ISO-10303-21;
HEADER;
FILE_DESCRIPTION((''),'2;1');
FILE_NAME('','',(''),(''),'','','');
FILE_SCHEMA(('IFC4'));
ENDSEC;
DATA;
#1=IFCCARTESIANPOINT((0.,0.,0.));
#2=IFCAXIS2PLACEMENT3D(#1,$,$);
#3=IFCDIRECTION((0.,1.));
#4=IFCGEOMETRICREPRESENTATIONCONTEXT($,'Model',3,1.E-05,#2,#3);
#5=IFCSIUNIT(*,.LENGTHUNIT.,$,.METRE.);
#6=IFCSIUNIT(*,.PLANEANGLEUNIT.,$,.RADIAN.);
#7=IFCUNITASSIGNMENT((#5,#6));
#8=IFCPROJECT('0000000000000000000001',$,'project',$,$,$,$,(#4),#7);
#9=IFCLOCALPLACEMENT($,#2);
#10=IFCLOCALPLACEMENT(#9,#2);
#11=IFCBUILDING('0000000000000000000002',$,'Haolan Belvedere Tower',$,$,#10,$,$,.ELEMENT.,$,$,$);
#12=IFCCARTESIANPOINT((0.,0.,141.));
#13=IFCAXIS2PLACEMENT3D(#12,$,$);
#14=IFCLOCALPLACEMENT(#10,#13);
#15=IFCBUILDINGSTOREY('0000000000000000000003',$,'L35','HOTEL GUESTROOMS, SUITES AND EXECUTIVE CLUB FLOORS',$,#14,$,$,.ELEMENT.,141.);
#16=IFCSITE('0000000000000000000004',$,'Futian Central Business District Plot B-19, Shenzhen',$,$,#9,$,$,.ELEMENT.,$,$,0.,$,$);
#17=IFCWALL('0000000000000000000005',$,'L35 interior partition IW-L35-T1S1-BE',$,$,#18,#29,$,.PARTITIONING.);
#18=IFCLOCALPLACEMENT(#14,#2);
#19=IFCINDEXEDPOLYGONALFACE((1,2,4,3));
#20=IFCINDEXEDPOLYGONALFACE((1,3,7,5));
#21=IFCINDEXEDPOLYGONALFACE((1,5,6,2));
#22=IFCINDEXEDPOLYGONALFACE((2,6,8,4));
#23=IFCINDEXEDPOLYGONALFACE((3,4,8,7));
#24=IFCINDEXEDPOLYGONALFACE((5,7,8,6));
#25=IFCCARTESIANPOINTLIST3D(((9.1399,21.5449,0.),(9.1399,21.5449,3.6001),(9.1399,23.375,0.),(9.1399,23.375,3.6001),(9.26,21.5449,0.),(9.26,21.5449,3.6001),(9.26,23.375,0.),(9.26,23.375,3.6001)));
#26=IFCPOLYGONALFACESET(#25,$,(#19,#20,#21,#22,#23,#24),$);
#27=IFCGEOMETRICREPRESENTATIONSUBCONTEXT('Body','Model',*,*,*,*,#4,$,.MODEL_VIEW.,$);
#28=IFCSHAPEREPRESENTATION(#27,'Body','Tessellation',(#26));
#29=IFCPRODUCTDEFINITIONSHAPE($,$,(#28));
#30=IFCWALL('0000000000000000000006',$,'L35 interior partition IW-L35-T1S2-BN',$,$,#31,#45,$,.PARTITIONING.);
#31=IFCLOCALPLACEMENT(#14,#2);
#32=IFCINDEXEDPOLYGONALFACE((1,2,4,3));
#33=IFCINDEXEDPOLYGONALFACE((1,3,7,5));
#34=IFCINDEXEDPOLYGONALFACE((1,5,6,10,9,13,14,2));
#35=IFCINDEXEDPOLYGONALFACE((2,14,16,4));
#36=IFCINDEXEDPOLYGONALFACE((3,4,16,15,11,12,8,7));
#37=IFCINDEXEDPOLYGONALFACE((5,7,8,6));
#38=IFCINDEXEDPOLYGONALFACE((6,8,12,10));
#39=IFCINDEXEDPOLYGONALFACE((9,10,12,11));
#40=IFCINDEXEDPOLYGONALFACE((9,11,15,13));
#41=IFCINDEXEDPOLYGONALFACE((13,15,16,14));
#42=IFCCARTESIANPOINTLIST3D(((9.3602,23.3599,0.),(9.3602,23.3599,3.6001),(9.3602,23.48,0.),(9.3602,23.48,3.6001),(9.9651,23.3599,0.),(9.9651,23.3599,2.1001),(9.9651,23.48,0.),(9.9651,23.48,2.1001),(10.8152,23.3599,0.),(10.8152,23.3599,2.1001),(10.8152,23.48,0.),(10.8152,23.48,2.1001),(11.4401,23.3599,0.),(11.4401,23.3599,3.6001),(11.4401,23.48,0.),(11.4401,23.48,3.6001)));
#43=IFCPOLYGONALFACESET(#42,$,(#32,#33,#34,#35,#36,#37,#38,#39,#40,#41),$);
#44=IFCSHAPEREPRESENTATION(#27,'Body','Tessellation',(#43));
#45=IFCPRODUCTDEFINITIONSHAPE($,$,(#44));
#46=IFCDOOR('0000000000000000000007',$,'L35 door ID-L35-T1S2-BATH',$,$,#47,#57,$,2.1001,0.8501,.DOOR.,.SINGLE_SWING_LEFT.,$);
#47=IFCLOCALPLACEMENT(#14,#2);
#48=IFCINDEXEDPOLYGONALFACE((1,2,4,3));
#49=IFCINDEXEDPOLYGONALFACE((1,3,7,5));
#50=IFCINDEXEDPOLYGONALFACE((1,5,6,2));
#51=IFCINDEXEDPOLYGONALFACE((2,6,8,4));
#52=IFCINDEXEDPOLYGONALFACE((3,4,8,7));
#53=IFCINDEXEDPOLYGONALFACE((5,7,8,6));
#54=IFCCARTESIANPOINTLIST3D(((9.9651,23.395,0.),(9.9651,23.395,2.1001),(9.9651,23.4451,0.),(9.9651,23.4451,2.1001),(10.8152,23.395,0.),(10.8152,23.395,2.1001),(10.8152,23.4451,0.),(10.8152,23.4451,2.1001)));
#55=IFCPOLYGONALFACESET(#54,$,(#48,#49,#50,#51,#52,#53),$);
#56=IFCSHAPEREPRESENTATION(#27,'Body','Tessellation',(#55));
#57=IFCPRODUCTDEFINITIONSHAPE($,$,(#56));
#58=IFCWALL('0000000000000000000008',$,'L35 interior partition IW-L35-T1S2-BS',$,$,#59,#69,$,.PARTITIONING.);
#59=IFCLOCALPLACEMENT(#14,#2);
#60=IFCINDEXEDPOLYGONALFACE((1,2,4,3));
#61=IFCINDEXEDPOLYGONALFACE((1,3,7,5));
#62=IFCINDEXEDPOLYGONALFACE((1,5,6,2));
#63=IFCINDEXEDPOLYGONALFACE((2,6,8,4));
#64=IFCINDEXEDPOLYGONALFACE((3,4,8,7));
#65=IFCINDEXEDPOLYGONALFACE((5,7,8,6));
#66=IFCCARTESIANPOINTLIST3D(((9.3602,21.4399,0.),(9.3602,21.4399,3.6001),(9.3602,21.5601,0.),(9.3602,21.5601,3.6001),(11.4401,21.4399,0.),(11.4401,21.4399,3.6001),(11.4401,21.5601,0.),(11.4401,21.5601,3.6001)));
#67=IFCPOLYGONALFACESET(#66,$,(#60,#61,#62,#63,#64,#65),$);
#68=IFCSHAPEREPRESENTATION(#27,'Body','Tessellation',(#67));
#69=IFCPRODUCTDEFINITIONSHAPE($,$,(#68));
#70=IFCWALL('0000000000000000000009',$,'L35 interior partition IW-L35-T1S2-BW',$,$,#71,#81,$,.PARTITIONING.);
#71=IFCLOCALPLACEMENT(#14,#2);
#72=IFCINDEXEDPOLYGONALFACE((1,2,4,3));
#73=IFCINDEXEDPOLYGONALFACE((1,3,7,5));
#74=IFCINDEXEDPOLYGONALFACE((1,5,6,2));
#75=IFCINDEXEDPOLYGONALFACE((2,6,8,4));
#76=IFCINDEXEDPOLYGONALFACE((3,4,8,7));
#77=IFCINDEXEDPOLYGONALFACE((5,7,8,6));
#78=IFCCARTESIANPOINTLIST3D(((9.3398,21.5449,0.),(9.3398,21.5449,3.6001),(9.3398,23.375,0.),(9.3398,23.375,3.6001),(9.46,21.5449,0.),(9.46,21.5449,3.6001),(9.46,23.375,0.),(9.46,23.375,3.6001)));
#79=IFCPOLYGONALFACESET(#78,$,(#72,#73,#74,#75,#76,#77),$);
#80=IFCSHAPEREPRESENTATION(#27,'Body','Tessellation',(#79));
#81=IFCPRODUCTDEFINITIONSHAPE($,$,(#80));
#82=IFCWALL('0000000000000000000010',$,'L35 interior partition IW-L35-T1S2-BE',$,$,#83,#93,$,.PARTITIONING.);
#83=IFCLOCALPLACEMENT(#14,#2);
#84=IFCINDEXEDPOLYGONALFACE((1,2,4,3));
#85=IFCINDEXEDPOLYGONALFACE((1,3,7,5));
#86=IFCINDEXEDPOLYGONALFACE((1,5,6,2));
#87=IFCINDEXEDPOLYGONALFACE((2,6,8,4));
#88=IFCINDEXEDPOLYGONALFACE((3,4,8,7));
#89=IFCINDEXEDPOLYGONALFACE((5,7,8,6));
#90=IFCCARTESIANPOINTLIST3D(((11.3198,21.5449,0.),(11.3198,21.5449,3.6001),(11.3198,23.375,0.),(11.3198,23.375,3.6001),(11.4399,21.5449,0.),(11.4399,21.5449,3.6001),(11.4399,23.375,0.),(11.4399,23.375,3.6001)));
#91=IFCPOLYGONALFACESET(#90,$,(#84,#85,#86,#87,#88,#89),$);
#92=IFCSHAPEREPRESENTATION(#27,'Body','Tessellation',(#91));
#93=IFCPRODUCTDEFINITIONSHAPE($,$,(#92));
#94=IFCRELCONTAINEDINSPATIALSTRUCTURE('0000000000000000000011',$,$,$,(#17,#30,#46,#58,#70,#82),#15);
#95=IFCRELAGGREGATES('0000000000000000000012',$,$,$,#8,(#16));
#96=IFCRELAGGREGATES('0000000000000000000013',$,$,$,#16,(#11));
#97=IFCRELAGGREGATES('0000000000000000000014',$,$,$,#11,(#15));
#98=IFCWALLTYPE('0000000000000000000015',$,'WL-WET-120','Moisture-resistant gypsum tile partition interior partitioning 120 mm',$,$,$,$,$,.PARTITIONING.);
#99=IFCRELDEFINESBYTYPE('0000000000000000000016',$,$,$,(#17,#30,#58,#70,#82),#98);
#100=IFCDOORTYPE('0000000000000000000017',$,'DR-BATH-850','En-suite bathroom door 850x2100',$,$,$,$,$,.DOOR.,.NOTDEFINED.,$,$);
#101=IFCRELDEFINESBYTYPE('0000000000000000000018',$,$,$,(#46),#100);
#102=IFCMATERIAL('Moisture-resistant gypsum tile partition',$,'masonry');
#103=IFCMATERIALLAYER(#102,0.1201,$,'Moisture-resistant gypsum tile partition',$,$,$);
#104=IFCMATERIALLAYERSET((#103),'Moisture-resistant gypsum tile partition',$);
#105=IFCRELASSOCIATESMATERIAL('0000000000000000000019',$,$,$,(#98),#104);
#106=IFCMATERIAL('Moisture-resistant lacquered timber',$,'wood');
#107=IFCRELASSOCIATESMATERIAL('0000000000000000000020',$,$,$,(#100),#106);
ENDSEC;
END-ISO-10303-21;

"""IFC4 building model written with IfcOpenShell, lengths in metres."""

from ifc_helpers import new_model, si_unit, direction, frame, frame_2d, origin, place, context, subcontext, project, spatial, rectangle, extrude, material, layer, layer_set, type_object, element, fill, save


model = new_model("IFC4")

# Units and contexts
model_context = context("Model", 3, precision=1e-05, world=origin(), true_north=direction((0.0, 1.0)))
body_context = subcontext(model_context, "Body", "Model", "MODEL_VIEW")
ifc_project = project(units=[si_unit("LENGTHUNIT", "METRE"), si_unit("PLANEANGLEUNIT", "RADIAN")], contexts=[model_context])

# Site, building, storey
site_placement = place(None, origin())
site = spatial("IfcSite", under=ifc_project, at=site_placement, Name="Futian Central Business District Plot B-19, Shenzhen", CompositionType="ELEMENT", RefElevation=0.0)
building_placement = place(site_placement, origin())
building = spatial("IfcBuilding", under=site, at=building_placement, Name="Haolan Belvedere Tower", CompositionType="ELEMENT")
storey_placement = place(building_placement, frame((0.0, 0.0, 141.0)))
storey = spatial("IfcBuildingStorey", under=building, at=storey_placement, Name="L35", Description="HOTEL GUESTROOMS, SUITES AND EXECUTIVE CLUB FLOORS", CompositionType="ELEMENT", Elevation=141.0)

# Shared definitions
ifc_material_1 = material(Name="Moisture-resistant gypsum tile partition", Category="masonry")
ifc_layer_1 = layer(ifc_material_1, 0.1201, Name="Moisture-resistant gypsum tile partition")
ifc_layer_set_1 = layer_set([ifc_layer_1], Name="Moisture-resistant gypsum tile partition")
wall_type_1 = type_object("IfcWallType", Name="WL-WET-120", Description="Moisture-resistant gypsum tile partition interior partitioning 120 mm", PredefinedType="PARTITIONING", material=ifc_layer_set_1)

# Shared definitions
ifc_material_2 = material(Name="Moisture-resistant lacquered timber", Category="wood")
door_type_1 = type_object("IfcDoorType", Name="DR-BATH-850", Description="En-suite bathroom door 850x2100", OperationType="NOTDEFINED", PredefinedType="DOOR", material=ifc_material_2)

# Wall
wall_1_placement = place(storey_placement, frame((9.2, 21.5449, 0.0), z_axis=(0.0, 0.0, 1.0), x_axis=(0.0, 1.0, 0.0)))
element("IfcWall", 1, at=wall_1_placement, inside=storey, type_object=wall_type_1, Name="L35 interior partition IW-L35-T1S1-BE", PredefinedType="PARTITIONING", context=body_context, shape_type="SweptSolid", body=[
    extrude(rectangle(XDim=1.8301, YDim=0.1201, at=frame_2d((0.915, 0.0))), origin(), (0.0, 0.0, 1.0), 3.6001),
])

# Wall, opening, door
wall_2_placement = place(storey_placement, frame((9.3601, 23.4199, 0.0), z_axis=(0.0, 0.0, 1.0), x_axis=(1.0, 0.0, 0.0)))
wall_2 = element("IfcWall", 2, at=wall_2_placement, inside=storey, type_object=wall_type_1, Name="L35 interior partition IW-L35-T1S2-BN", PredefinedType="PARTITIONING", context=body_context, shape_type="SweptSolid", body=[
    extrude(rectangle(XDim=2.0798, YDim=0.1201, at=frame_2d((1.04, 0.0))), origin(), (0.0, 0.0, 1.0), 3.6001),
])
opening_1_placement = place(wall_2_placement, frame((1.4551, 0.0, 0.0), z_axis=(0.0, 0.0, 1.0), x_axis=(-1.0, 0.0, 0.0)))
opening_1 = element("IfcOpeningElement", 3, at=opening_1_placement, cuts=wall_2, PredefinedType="OPENING", context=body_context, shape_type="SweptSolid", body=[
    extrude(rectangle(XDim=0.8501, YDim=2.1001, at=frame_2d((0.425, 1.05))), frame((0.0, 0.0701, 0.0), z_axis=(0.0, -1.0, 0.0), x_axis=(1.0, 0.0, 0.0)), (0.0, 0.0, 1.0), 0.1401),
])
door_1_placement = place(opening_1_placement, origin())
door_1 = element("IfcDoor", 4, at=door_1_placement, inside=storey, type_object=door_type_1, Name="L35 door ID-L35-T1S2-BATH", OperationType="SINGLE_SWING_LEFT", OverallHeight=2.1001, OverallWidth=0.8501, PredefinedType="DOOR", context=body_context, shape_type="SweptSolid", body=[
    extrude(rectangle(XDim=0.8501, YDim=2.1001, at=frame_2d((0.425, 1.05))), frame((0.0, 0.0249, 0.0), z_axis=(0.0, -1.0, 0.0), x_axis=(1.0, 0.0, 0.0)), (0.0, 0.0, 1.0), 0.05),
])
fill(opening_1, door_1)

# Walls
wall_3_placement = place(storey_placement, frame((9.3601, 21.5, 0.0), z_axis=(0.0, 0.0, 1.0), x_axis=(1.0, 0.0, 0.0)))
element("IfcWall", 5, at=wall_3_placement, inside=storey, type_object=wall_type_1, Name="L35 interior partition IW-L35-T1S2-BS", PredefinedType="PARTITIONING", context=body_context, shape_type="SweptSolid", body=[
    extrude(rectangle(XDim=2.0798, YDim=0.1201, at=frame_2d((1.04, 0.0))), origin(), (0.0, 0.0, 1.0), 3.6001),
])
for number, where, z_axis, x_axis, name in (
    (6, (9.3999, 21.5449, 0.0), (0.0, 0.0, 1.0), (0.0, 1.0, 0.0), "L35 interior partition IW-L35-T1S2-BW"),
    (7, (11.3799, 21.5449, 0.0), (0.0, 0.0, 1.0), (0.0, 1.0, 0.0), "L35 interior partition IW-L35-T1S2-BE"),
):
    element("IfcWall", number, at=place(storey_placement, frame(where, z_axis=z_axis, x_axis=x_axis)), inside=storey, type_object=wall_type_1, Name=name, PredefinedType="PARTITIONING", context=body_context, shape_type="SweptSolid", body=[
        extrude(rectangle(XDim=1.8301, YDim=0.1201, at=frame_2d((0.915, 0.0))), origin(), (0.0, 0.0, 1.0), 3.6001),
    ])

save(model, "model.ifc")
